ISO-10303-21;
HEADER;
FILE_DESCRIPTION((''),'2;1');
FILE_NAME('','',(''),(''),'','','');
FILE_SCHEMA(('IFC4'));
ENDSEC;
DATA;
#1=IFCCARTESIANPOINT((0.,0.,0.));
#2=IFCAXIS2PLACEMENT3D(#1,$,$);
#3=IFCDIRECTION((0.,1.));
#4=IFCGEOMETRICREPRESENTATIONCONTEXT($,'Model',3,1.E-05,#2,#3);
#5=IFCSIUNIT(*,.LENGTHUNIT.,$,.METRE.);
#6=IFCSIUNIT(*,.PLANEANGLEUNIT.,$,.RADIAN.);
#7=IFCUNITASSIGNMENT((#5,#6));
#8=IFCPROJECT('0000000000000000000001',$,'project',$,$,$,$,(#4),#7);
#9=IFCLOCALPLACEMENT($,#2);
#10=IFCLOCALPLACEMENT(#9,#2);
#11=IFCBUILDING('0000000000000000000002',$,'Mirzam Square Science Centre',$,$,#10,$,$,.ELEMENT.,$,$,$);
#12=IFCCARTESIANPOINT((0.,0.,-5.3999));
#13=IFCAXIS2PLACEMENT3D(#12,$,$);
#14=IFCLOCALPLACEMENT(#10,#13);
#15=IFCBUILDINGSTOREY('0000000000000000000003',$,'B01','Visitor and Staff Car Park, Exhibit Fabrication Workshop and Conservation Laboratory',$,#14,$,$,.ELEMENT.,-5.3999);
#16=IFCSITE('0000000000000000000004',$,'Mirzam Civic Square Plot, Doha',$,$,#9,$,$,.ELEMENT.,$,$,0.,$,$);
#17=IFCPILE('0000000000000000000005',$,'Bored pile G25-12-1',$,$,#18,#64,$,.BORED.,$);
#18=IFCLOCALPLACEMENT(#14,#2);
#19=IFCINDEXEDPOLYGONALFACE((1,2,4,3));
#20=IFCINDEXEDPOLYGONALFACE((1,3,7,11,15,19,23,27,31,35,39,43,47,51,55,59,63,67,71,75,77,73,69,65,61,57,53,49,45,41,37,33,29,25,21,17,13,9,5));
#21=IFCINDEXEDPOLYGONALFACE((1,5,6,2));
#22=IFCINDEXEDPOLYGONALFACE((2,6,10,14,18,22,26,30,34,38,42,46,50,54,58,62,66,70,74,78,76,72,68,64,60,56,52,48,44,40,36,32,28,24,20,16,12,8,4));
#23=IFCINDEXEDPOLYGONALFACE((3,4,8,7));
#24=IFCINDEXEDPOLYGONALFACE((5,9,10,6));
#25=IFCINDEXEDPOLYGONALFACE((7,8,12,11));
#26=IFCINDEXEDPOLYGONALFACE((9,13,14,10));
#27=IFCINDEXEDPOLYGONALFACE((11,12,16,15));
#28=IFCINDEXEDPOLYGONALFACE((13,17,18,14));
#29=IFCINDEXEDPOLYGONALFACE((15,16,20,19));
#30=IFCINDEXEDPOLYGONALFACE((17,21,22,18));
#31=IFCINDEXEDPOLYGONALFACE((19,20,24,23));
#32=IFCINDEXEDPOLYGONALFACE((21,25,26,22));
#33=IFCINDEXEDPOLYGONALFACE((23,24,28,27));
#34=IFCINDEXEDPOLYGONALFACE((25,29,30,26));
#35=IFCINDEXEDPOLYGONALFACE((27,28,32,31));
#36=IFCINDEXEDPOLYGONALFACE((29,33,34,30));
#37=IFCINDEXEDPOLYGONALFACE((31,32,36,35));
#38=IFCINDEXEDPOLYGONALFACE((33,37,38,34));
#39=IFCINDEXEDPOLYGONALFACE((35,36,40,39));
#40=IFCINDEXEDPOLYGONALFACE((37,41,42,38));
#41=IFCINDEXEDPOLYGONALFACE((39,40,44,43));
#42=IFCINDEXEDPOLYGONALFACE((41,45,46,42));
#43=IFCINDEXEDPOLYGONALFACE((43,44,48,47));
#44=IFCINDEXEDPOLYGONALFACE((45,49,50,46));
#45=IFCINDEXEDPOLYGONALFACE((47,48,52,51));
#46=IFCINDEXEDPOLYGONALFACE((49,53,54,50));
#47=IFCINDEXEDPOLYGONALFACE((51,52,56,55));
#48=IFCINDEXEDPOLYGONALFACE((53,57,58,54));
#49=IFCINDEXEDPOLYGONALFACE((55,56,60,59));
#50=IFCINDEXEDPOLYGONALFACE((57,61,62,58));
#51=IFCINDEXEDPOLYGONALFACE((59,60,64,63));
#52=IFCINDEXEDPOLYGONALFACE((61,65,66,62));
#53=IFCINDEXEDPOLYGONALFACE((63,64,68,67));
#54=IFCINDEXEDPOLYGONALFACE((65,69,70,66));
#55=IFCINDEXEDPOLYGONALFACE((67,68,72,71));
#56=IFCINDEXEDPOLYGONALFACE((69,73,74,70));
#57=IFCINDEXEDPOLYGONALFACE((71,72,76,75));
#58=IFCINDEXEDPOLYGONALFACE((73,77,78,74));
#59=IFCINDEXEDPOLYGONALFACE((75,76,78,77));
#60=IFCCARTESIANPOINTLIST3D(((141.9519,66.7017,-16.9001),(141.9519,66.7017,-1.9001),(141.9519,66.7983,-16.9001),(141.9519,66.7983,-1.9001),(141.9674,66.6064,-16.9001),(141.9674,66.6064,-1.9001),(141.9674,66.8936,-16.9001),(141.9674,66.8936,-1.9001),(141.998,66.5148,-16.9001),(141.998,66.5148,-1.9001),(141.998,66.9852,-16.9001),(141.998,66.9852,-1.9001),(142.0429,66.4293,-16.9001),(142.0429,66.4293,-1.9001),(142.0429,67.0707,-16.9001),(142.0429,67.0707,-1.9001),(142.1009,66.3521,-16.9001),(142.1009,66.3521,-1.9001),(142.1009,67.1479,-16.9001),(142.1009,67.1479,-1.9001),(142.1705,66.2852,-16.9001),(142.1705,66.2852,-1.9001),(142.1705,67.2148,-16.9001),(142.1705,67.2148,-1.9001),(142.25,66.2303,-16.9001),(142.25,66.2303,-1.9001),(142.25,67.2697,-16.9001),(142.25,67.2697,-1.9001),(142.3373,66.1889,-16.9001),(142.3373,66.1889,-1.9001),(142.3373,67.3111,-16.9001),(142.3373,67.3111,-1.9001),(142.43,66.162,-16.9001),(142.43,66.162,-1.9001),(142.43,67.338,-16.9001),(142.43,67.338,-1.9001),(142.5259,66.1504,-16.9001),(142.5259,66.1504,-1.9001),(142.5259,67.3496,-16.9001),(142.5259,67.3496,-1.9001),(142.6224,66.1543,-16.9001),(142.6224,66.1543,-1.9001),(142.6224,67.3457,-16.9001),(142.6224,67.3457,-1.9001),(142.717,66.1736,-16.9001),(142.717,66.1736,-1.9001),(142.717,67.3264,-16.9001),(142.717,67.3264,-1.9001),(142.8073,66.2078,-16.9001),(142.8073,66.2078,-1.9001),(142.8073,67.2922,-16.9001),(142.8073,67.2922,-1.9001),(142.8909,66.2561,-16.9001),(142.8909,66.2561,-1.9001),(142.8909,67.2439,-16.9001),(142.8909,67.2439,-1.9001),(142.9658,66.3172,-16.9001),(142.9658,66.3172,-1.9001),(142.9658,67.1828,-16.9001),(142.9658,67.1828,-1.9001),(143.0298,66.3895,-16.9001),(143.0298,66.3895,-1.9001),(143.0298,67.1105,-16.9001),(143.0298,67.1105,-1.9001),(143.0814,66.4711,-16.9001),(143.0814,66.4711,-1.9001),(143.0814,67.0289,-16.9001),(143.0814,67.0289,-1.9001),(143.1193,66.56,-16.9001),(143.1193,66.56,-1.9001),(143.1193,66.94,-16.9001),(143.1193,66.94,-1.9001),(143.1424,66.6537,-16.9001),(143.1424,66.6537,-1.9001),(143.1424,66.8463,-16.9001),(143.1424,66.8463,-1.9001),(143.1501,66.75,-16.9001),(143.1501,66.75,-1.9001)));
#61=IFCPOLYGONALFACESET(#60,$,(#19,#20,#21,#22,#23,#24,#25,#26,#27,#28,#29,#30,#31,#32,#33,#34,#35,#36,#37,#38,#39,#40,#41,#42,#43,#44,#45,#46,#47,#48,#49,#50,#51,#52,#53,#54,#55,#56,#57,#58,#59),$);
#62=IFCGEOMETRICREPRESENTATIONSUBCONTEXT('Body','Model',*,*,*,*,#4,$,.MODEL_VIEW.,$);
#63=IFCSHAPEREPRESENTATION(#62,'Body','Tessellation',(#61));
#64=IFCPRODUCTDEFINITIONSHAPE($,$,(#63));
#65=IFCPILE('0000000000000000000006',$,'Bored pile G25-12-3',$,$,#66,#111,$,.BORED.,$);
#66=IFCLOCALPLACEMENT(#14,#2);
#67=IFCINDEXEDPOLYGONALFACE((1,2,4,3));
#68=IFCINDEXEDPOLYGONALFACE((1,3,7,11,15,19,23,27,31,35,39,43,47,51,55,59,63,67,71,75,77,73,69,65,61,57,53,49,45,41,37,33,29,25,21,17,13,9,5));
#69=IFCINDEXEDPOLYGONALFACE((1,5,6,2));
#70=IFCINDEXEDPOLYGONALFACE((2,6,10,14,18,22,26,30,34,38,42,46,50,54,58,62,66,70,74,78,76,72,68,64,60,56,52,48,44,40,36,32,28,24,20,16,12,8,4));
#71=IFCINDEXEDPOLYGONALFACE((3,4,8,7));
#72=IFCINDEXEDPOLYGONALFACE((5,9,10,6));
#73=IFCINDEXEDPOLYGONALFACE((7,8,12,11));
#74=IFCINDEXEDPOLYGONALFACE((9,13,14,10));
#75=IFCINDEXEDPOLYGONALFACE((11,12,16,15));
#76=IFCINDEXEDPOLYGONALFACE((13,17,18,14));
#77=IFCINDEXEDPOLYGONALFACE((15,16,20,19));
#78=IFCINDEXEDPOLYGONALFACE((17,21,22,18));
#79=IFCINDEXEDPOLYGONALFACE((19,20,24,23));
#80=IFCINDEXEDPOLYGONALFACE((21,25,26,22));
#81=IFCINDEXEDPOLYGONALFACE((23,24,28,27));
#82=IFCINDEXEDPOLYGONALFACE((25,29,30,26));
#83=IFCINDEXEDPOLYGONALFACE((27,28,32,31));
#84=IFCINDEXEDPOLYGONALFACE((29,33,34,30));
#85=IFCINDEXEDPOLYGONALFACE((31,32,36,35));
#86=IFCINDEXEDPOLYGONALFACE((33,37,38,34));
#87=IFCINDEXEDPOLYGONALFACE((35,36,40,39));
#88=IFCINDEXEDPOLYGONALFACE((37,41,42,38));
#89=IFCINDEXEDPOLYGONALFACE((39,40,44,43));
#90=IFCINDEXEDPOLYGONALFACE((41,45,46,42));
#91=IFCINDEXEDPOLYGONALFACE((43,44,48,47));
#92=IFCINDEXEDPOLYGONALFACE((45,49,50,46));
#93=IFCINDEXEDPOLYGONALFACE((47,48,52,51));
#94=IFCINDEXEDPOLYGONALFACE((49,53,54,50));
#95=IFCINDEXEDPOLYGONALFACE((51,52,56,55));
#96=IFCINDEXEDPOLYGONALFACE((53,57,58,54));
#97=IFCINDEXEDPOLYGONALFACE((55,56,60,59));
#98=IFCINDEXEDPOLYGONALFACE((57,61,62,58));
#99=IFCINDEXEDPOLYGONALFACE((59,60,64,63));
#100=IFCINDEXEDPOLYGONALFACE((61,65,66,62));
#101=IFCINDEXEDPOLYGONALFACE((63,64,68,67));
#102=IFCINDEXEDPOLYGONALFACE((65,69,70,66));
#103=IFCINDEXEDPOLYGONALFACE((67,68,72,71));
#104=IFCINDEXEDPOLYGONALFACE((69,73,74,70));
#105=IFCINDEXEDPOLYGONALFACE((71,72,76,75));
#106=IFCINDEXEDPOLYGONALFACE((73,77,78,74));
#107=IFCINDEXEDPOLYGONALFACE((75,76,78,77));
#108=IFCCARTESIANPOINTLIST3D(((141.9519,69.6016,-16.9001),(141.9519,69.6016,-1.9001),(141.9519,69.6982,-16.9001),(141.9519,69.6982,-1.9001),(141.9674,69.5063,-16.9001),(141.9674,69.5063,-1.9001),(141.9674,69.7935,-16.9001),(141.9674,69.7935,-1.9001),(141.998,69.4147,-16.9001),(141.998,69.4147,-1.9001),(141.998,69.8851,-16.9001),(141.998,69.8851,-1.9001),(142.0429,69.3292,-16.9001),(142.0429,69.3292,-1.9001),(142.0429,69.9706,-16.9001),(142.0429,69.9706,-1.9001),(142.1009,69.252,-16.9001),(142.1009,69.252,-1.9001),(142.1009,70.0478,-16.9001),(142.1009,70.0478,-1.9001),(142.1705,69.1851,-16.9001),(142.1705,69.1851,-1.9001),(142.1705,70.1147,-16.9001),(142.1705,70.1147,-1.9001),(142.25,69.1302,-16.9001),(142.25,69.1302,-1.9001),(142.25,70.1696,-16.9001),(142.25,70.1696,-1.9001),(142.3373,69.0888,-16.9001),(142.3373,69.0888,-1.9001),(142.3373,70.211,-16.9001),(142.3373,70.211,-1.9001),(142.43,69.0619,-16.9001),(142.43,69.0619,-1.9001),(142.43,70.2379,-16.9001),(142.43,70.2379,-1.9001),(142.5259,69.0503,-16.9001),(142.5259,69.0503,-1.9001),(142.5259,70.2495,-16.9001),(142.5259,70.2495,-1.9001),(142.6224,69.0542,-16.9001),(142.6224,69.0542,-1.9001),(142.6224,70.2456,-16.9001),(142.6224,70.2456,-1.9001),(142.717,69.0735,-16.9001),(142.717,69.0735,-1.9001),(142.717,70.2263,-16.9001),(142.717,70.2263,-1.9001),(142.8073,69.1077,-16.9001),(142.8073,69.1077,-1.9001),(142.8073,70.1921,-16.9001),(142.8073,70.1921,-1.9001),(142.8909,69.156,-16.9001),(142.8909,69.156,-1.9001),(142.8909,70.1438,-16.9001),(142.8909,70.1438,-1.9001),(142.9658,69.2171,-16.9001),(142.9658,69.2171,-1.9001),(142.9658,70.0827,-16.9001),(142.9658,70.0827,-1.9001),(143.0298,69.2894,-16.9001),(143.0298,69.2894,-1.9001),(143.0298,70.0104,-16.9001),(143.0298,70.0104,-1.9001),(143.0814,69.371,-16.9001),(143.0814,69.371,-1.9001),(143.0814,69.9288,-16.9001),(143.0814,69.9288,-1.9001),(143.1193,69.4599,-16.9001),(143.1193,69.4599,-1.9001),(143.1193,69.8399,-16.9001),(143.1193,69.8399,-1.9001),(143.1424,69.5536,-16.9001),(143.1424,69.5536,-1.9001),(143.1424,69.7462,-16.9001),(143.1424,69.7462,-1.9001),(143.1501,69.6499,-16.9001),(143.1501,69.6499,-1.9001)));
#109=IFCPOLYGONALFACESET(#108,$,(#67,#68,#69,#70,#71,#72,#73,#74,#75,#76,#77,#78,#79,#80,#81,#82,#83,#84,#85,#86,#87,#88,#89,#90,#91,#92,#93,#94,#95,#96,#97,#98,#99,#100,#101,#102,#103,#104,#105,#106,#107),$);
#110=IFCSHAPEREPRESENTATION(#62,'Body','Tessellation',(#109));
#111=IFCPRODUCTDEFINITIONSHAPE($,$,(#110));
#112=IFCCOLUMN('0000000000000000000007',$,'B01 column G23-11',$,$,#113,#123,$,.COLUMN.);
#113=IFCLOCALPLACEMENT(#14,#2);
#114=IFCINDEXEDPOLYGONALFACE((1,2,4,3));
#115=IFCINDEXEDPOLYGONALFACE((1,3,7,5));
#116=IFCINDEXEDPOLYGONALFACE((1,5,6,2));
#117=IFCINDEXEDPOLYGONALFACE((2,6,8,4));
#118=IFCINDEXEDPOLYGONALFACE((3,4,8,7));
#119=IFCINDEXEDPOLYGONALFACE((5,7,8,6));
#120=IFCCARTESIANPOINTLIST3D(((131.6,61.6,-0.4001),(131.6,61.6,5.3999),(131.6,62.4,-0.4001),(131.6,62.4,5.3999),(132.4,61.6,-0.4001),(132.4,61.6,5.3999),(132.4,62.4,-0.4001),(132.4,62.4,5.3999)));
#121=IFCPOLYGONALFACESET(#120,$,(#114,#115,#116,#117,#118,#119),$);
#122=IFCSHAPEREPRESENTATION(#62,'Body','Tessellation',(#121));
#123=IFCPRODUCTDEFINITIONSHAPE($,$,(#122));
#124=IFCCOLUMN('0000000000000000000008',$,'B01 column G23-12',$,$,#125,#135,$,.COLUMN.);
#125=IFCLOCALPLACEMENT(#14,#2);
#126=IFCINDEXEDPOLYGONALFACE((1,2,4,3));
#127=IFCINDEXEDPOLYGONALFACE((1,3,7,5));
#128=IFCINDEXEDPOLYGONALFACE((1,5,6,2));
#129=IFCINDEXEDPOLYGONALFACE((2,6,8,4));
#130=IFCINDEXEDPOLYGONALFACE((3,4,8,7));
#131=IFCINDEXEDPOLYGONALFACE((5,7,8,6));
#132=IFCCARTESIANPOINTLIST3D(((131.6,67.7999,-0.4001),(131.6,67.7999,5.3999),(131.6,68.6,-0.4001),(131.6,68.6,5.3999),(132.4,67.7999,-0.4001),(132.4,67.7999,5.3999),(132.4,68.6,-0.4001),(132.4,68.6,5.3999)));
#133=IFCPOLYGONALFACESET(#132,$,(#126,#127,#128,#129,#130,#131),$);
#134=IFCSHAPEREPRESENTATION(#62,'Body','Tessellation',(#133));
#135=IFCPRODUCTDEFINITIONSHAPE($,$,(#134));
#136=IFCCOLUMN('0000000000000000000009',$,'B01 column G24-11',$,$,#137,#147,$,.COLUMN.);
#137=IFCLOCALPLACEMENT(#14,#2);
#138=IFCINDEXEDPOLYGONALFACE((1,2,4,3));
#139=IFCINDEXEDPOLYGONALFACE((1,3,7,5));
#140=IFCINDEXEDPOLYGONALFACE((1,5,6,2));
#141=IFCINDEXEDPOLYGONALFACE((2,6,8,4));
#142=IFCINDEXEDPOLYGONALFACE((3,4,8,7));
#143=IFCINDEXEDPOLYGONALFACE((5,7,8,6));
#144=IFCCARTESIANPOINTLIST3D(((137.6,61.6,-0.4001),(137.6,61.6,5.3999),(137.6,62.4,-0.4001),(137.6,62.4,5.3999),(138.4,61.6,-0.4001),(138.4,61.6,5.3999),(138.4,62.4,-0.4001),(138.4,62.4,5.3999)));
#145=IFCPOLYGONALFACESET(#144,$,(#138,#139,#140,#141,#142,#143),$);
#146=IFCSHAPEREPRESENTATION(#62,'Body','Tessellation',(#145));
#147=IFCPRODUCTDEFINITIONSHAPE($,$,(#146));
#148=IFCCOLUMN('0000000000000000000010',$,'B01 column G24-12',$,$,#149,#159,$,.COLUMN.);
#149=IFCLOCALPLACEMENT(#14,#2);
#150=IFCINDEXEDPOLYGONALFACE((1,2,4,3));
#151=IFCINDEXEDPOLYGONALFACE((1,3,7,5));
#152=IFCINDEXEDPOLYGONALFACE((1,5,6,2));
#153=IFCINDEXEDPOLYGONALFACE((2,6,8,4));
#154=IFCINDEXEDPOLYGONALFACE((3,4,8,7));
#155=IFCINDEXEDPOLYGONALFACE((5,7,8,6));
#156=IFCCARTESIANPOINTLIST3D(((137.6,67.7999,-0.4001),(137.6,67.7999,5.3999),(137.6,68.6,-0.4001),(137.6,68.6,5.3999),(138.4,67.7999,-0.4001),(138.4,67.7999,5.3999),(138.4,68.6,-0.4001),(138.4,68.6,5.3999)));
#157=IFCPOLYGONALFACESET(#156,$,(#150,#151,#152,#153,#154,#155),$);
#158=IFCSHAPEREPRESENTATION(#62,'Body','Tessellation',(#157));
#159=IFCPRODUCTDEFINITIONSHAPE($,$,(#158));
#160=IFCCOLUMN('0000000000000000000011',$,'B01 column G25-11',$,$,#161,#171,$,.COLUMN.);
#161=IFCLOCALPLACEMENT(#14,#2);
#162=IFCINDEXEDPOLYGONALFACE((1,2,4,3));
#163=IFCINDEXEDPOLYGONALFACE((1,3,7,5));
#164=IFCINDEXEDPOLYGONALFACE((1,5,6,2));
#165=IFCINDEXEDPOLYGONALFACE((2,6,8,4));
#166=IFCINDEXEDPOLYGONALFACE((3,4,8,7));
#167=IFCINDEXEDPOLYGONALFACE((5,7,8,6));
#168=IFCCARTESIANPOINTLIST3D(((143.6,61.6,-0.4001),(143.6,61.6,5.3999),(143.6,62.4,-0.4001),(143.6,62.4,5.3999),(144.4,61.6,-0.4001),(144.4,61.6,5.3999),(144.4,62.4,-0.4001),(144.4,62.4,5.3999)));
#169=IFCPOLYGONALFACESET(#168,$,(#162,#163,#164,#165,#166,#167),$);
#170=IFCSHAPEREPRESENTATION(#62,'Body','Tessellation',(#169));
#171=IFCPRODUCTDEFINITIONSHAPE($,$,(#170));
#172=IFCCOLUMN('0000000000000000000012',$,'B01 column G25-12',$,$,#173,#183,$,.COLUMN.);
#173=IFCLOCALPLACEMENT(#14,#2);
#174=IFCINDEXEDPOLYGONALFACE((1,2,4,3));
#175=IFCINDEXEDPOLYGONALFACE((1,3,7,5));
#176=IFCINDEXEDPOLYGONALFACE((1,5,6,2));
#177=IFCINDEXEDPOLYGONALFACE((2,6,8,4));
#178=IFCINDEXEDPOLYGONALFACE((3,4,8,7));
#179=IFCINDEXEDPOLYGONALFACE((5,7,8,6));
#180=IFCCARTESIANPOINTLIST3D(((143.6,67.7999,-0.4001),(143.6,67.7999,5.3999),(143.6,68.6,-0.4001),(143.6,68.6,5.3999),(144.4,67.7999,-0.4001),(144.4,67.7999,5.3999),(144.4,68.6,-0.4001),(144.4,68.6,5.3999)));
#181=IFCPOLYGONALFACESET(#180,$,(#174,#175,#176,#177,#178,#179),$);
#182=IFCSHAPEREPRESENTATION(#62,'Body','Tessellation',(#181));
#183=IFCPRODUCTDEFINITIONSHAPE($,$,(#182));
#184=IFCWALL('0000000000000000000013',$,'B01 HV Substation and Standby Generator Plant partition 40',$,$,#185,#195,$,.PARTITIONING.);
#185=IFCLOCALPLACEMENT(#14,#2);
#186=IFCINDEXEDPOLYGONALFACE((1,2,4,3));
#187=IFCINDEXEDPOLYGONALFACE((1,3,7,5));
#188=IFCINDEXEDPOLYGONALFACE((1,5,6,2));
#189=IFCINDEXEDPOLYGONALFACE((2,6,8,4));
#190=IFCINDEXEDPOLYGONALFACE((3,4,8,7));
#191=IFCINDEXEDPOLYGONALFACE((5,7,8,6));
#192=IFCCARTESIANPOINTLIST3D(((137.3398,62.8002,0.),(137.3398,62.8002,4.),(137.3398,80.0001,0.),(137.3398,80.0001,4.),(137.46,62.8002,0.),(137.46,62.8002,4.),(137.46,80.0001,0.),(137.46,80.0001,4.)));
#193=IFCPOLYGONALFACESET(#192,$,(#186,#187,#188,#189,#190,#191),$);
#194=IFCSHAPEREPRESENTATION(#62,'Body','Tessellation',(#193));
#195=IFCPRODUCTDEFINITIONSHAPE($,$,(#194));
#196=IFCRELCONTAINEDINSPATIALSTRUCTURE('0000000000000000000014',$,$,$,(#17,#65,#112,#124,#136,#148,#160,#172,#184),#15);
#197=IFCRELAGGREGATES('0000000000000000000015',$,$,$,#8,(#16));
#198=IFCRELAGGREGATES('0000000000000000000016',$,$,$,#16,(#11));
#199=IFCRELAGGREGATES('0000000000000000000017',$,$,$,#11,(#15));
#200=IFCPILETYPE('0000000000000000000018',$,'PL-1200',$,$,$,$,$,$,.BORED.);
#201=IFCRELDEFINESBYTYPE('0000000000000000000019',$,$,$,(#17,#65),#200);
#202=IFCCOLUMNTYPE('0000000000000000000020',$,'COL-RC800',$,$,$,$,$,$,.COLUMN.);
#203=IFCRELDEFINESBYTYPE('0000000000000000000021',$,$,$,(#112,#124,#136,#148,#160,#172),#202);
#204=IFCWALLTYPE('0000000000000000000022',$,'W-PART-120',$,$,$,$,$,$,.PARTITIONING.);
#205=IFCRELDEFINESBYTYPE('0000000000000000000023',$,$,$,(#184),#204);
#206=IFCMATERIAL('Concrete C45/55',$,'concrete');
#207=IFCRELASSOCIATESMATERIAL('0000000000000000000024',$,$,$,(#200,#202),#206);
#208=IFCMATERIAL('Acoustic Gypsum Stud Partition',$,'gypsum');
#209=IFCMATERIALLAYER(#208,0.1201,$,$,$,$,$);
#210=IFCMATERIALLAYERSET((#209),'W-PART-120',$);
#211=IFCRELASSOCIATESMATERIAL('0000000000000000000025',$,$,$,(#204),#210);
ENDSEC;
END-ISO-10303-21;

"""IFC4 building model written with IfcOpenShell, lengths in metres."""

from ifc_helpers import new_model, si_unit, direction, frame, frame_2d, origin, origin_2d, place, context, subcontext, project, spatial, rectangle, circle, extrude, material, layer, layer_set, material_profile, profile_set, type_object, element, save


model = new_model("IFC4")

# Units and contexts
model_context = context("Model", 3, precision=1e-05, world=origin(), true_north=direction((0.0, 1.0)))
body_context = subcontext(model_context, "Body", "Model", "MODEL_VIEW")
ifc_project = project(units=[si_unit("LENGTHUNIT", "METRE"), si_unit("PLANEANGLEUNIT", "RADIAN")], contexts=[model_context])

# Site, building, storey
site_placement = place(None, origin())
site = spatial("IfcSite", under=ifc_project, at=site_placement, Name="Mirzam Civic Square Plot, Doha", CompositionType="ELEMENT", RefElevation=0.0)
building_placement = place(site_placement, origin())
building = spatial("IfcBuilding", under=site, at=building_placement, Name="Mirzam Square Science Centre", CompositionType="ELEMENT")
storey_placement = place(building_placement, frame((0.0, 0.0, -5.3999)))
storey = spatial("IfcBuildingStorey", under=building, at=storey_placement, Name="B01", Description="Visitor and Staff Car Park, Exhibit Fabrication Workshop and Conservation Laboratory", CompositionType="ELEMENT", Elevation=-5.3999)

# Shared definitions
ifc_material_1 = material(Name="Concrete C45/55", Category="concrete")

# Piles
ifc_material_profile_1 = material_profile(ifc_material_1, circle(Radius=0.6001, at=origin_2d()), Name="PILE-D1200")
ifc_profile_set_1 = profile_set([ifc_material_profile_1], Name="Concrete C45/55")
pile_type_1 = type_object("IfcPileType", Name="PL-1200", PredefinedType="BORED", material=ifc_profile_set_1)
for number, where, z_axis, x_axis, name in (
    (1, (142.55, 66.75, -1.9001), (0.0, 0.0, -1.0), (1.0, 0.0, 0.0), "Bored pile G25-12-1"),
    (2, (142.55, 69.6499, -1.9001), (0.0, 0.0, -1.0), (1.0, 0.0, 0.0), "Bored pile G25-12-3"),
):
    element("IfcPile", number, at=place(storey_placement, frame(where, z_axis=z_axis, x_axis=x_axis)), inside=storey, type_object=pile_type_1, Name=name, PredefinedType="BORED", context=body_context, shape_type="SweptSolid", body=[
        extrude(circle(Radius=0.6001, at=origin_2d()), origin(), (0.0, 0.0, 1.0), 15.0),
    ])

# Columns
ifc_material_profile_2 = material_profile(ifc_material_1, rectangle(XDim=0.8, YDim=0.8, at=origin_2d()), Name="RC800x800")
ifc_profile_set_2 = profile_set([ifc_material_profile_2], Name="Concrete C45/55")
column_type = type_object("IfcColumnType", Name="COL-RC800", PredefinedType="COLUMN", material=ifc_profile_set_2)
for number, where, z_axis, x_axis, name in (
    (3, (132.0, 62.0, -0.4001), (0.0, 0.0, 1.0), (1.0, 0.0, 0.0), "B01 column G23-11"),
    (4, (132.0, 68.2, -0.4001), (0.0, 0.0, 1.0), (1.0, 0.0, 0.0), "B01 column G23-12"),
    (5, (138.0, 62.0, -0.4001), (0.0, 0.0, 1.0), (1.0, 0.0, 0.0), "B01 column G24-11"),
    (6, (138.0, 68.2, -0.4001), (0.0, 0.0, 1.0), (1.0, 0.0, 0.0), "B01 column G24-12"),
    (7, (144.0, 62.0, -0.4001), (0.0, 0.0, 1.0), (1.0, 0.0, 0.0), "B01 column G25-11"),
    (8, (144.0, 68.2, -0.4001), (0.0, 0.0, 1.0), (1.0, 0.0, 0.0), "B01 column G25-12"),
):
    element("IfcColumn", number, at=place(storey_placement, frame(where, z_axis=z_axis, x_axis=x_axis)), inside=storey, type_object=column_type, Name=name, PredefinedType="COLUMN", context=body_context, shape_type="SweptSolid", body=[
        extrude(rectangle(XDim=0.8, YDim=0.8, at=origin_2d()), origin(), (0.0, 0.0, 1.0), 5.8),
    ])

# Wall
ifc_material_2 = material(Name="Acoustic Gypsum Stud Partition", Category="gypsum")
ifc_layer_1 = layer(ifc_material_2, 0.1201)
ifc_layer_set_1 = layer_set([ifc_layer_1], Name="W-PART-120")
wall_type = type_object("IfcWallType", Name="W-PART-120", PredefinedType="PARTITIONING", material=ifc_layer_set_1)
wall_placement = place(storey_placement, frame((137.3999, 62.8, 0.0), z_axis=(0.0, 0.0, 1.0), x_axis=(0.0, 1.0, 0.0)))
element("IfcWall", 9, at=wall_placement, inside=storey, type_object=wall_type, Name="B01 HV Substation and Standby Generator Plant partition 40", PredefinedType="PARTITIONING", context=body_context, shape_type="SweptSolid", body=[
    extrude(rectangle(XDim=17.2, YDim=0.1201, at=frame_2d((8.6001, 0.0))), origin(), (0.0, 0.0, 1.0), 4.0),
])

save(model, "model.ifc")
